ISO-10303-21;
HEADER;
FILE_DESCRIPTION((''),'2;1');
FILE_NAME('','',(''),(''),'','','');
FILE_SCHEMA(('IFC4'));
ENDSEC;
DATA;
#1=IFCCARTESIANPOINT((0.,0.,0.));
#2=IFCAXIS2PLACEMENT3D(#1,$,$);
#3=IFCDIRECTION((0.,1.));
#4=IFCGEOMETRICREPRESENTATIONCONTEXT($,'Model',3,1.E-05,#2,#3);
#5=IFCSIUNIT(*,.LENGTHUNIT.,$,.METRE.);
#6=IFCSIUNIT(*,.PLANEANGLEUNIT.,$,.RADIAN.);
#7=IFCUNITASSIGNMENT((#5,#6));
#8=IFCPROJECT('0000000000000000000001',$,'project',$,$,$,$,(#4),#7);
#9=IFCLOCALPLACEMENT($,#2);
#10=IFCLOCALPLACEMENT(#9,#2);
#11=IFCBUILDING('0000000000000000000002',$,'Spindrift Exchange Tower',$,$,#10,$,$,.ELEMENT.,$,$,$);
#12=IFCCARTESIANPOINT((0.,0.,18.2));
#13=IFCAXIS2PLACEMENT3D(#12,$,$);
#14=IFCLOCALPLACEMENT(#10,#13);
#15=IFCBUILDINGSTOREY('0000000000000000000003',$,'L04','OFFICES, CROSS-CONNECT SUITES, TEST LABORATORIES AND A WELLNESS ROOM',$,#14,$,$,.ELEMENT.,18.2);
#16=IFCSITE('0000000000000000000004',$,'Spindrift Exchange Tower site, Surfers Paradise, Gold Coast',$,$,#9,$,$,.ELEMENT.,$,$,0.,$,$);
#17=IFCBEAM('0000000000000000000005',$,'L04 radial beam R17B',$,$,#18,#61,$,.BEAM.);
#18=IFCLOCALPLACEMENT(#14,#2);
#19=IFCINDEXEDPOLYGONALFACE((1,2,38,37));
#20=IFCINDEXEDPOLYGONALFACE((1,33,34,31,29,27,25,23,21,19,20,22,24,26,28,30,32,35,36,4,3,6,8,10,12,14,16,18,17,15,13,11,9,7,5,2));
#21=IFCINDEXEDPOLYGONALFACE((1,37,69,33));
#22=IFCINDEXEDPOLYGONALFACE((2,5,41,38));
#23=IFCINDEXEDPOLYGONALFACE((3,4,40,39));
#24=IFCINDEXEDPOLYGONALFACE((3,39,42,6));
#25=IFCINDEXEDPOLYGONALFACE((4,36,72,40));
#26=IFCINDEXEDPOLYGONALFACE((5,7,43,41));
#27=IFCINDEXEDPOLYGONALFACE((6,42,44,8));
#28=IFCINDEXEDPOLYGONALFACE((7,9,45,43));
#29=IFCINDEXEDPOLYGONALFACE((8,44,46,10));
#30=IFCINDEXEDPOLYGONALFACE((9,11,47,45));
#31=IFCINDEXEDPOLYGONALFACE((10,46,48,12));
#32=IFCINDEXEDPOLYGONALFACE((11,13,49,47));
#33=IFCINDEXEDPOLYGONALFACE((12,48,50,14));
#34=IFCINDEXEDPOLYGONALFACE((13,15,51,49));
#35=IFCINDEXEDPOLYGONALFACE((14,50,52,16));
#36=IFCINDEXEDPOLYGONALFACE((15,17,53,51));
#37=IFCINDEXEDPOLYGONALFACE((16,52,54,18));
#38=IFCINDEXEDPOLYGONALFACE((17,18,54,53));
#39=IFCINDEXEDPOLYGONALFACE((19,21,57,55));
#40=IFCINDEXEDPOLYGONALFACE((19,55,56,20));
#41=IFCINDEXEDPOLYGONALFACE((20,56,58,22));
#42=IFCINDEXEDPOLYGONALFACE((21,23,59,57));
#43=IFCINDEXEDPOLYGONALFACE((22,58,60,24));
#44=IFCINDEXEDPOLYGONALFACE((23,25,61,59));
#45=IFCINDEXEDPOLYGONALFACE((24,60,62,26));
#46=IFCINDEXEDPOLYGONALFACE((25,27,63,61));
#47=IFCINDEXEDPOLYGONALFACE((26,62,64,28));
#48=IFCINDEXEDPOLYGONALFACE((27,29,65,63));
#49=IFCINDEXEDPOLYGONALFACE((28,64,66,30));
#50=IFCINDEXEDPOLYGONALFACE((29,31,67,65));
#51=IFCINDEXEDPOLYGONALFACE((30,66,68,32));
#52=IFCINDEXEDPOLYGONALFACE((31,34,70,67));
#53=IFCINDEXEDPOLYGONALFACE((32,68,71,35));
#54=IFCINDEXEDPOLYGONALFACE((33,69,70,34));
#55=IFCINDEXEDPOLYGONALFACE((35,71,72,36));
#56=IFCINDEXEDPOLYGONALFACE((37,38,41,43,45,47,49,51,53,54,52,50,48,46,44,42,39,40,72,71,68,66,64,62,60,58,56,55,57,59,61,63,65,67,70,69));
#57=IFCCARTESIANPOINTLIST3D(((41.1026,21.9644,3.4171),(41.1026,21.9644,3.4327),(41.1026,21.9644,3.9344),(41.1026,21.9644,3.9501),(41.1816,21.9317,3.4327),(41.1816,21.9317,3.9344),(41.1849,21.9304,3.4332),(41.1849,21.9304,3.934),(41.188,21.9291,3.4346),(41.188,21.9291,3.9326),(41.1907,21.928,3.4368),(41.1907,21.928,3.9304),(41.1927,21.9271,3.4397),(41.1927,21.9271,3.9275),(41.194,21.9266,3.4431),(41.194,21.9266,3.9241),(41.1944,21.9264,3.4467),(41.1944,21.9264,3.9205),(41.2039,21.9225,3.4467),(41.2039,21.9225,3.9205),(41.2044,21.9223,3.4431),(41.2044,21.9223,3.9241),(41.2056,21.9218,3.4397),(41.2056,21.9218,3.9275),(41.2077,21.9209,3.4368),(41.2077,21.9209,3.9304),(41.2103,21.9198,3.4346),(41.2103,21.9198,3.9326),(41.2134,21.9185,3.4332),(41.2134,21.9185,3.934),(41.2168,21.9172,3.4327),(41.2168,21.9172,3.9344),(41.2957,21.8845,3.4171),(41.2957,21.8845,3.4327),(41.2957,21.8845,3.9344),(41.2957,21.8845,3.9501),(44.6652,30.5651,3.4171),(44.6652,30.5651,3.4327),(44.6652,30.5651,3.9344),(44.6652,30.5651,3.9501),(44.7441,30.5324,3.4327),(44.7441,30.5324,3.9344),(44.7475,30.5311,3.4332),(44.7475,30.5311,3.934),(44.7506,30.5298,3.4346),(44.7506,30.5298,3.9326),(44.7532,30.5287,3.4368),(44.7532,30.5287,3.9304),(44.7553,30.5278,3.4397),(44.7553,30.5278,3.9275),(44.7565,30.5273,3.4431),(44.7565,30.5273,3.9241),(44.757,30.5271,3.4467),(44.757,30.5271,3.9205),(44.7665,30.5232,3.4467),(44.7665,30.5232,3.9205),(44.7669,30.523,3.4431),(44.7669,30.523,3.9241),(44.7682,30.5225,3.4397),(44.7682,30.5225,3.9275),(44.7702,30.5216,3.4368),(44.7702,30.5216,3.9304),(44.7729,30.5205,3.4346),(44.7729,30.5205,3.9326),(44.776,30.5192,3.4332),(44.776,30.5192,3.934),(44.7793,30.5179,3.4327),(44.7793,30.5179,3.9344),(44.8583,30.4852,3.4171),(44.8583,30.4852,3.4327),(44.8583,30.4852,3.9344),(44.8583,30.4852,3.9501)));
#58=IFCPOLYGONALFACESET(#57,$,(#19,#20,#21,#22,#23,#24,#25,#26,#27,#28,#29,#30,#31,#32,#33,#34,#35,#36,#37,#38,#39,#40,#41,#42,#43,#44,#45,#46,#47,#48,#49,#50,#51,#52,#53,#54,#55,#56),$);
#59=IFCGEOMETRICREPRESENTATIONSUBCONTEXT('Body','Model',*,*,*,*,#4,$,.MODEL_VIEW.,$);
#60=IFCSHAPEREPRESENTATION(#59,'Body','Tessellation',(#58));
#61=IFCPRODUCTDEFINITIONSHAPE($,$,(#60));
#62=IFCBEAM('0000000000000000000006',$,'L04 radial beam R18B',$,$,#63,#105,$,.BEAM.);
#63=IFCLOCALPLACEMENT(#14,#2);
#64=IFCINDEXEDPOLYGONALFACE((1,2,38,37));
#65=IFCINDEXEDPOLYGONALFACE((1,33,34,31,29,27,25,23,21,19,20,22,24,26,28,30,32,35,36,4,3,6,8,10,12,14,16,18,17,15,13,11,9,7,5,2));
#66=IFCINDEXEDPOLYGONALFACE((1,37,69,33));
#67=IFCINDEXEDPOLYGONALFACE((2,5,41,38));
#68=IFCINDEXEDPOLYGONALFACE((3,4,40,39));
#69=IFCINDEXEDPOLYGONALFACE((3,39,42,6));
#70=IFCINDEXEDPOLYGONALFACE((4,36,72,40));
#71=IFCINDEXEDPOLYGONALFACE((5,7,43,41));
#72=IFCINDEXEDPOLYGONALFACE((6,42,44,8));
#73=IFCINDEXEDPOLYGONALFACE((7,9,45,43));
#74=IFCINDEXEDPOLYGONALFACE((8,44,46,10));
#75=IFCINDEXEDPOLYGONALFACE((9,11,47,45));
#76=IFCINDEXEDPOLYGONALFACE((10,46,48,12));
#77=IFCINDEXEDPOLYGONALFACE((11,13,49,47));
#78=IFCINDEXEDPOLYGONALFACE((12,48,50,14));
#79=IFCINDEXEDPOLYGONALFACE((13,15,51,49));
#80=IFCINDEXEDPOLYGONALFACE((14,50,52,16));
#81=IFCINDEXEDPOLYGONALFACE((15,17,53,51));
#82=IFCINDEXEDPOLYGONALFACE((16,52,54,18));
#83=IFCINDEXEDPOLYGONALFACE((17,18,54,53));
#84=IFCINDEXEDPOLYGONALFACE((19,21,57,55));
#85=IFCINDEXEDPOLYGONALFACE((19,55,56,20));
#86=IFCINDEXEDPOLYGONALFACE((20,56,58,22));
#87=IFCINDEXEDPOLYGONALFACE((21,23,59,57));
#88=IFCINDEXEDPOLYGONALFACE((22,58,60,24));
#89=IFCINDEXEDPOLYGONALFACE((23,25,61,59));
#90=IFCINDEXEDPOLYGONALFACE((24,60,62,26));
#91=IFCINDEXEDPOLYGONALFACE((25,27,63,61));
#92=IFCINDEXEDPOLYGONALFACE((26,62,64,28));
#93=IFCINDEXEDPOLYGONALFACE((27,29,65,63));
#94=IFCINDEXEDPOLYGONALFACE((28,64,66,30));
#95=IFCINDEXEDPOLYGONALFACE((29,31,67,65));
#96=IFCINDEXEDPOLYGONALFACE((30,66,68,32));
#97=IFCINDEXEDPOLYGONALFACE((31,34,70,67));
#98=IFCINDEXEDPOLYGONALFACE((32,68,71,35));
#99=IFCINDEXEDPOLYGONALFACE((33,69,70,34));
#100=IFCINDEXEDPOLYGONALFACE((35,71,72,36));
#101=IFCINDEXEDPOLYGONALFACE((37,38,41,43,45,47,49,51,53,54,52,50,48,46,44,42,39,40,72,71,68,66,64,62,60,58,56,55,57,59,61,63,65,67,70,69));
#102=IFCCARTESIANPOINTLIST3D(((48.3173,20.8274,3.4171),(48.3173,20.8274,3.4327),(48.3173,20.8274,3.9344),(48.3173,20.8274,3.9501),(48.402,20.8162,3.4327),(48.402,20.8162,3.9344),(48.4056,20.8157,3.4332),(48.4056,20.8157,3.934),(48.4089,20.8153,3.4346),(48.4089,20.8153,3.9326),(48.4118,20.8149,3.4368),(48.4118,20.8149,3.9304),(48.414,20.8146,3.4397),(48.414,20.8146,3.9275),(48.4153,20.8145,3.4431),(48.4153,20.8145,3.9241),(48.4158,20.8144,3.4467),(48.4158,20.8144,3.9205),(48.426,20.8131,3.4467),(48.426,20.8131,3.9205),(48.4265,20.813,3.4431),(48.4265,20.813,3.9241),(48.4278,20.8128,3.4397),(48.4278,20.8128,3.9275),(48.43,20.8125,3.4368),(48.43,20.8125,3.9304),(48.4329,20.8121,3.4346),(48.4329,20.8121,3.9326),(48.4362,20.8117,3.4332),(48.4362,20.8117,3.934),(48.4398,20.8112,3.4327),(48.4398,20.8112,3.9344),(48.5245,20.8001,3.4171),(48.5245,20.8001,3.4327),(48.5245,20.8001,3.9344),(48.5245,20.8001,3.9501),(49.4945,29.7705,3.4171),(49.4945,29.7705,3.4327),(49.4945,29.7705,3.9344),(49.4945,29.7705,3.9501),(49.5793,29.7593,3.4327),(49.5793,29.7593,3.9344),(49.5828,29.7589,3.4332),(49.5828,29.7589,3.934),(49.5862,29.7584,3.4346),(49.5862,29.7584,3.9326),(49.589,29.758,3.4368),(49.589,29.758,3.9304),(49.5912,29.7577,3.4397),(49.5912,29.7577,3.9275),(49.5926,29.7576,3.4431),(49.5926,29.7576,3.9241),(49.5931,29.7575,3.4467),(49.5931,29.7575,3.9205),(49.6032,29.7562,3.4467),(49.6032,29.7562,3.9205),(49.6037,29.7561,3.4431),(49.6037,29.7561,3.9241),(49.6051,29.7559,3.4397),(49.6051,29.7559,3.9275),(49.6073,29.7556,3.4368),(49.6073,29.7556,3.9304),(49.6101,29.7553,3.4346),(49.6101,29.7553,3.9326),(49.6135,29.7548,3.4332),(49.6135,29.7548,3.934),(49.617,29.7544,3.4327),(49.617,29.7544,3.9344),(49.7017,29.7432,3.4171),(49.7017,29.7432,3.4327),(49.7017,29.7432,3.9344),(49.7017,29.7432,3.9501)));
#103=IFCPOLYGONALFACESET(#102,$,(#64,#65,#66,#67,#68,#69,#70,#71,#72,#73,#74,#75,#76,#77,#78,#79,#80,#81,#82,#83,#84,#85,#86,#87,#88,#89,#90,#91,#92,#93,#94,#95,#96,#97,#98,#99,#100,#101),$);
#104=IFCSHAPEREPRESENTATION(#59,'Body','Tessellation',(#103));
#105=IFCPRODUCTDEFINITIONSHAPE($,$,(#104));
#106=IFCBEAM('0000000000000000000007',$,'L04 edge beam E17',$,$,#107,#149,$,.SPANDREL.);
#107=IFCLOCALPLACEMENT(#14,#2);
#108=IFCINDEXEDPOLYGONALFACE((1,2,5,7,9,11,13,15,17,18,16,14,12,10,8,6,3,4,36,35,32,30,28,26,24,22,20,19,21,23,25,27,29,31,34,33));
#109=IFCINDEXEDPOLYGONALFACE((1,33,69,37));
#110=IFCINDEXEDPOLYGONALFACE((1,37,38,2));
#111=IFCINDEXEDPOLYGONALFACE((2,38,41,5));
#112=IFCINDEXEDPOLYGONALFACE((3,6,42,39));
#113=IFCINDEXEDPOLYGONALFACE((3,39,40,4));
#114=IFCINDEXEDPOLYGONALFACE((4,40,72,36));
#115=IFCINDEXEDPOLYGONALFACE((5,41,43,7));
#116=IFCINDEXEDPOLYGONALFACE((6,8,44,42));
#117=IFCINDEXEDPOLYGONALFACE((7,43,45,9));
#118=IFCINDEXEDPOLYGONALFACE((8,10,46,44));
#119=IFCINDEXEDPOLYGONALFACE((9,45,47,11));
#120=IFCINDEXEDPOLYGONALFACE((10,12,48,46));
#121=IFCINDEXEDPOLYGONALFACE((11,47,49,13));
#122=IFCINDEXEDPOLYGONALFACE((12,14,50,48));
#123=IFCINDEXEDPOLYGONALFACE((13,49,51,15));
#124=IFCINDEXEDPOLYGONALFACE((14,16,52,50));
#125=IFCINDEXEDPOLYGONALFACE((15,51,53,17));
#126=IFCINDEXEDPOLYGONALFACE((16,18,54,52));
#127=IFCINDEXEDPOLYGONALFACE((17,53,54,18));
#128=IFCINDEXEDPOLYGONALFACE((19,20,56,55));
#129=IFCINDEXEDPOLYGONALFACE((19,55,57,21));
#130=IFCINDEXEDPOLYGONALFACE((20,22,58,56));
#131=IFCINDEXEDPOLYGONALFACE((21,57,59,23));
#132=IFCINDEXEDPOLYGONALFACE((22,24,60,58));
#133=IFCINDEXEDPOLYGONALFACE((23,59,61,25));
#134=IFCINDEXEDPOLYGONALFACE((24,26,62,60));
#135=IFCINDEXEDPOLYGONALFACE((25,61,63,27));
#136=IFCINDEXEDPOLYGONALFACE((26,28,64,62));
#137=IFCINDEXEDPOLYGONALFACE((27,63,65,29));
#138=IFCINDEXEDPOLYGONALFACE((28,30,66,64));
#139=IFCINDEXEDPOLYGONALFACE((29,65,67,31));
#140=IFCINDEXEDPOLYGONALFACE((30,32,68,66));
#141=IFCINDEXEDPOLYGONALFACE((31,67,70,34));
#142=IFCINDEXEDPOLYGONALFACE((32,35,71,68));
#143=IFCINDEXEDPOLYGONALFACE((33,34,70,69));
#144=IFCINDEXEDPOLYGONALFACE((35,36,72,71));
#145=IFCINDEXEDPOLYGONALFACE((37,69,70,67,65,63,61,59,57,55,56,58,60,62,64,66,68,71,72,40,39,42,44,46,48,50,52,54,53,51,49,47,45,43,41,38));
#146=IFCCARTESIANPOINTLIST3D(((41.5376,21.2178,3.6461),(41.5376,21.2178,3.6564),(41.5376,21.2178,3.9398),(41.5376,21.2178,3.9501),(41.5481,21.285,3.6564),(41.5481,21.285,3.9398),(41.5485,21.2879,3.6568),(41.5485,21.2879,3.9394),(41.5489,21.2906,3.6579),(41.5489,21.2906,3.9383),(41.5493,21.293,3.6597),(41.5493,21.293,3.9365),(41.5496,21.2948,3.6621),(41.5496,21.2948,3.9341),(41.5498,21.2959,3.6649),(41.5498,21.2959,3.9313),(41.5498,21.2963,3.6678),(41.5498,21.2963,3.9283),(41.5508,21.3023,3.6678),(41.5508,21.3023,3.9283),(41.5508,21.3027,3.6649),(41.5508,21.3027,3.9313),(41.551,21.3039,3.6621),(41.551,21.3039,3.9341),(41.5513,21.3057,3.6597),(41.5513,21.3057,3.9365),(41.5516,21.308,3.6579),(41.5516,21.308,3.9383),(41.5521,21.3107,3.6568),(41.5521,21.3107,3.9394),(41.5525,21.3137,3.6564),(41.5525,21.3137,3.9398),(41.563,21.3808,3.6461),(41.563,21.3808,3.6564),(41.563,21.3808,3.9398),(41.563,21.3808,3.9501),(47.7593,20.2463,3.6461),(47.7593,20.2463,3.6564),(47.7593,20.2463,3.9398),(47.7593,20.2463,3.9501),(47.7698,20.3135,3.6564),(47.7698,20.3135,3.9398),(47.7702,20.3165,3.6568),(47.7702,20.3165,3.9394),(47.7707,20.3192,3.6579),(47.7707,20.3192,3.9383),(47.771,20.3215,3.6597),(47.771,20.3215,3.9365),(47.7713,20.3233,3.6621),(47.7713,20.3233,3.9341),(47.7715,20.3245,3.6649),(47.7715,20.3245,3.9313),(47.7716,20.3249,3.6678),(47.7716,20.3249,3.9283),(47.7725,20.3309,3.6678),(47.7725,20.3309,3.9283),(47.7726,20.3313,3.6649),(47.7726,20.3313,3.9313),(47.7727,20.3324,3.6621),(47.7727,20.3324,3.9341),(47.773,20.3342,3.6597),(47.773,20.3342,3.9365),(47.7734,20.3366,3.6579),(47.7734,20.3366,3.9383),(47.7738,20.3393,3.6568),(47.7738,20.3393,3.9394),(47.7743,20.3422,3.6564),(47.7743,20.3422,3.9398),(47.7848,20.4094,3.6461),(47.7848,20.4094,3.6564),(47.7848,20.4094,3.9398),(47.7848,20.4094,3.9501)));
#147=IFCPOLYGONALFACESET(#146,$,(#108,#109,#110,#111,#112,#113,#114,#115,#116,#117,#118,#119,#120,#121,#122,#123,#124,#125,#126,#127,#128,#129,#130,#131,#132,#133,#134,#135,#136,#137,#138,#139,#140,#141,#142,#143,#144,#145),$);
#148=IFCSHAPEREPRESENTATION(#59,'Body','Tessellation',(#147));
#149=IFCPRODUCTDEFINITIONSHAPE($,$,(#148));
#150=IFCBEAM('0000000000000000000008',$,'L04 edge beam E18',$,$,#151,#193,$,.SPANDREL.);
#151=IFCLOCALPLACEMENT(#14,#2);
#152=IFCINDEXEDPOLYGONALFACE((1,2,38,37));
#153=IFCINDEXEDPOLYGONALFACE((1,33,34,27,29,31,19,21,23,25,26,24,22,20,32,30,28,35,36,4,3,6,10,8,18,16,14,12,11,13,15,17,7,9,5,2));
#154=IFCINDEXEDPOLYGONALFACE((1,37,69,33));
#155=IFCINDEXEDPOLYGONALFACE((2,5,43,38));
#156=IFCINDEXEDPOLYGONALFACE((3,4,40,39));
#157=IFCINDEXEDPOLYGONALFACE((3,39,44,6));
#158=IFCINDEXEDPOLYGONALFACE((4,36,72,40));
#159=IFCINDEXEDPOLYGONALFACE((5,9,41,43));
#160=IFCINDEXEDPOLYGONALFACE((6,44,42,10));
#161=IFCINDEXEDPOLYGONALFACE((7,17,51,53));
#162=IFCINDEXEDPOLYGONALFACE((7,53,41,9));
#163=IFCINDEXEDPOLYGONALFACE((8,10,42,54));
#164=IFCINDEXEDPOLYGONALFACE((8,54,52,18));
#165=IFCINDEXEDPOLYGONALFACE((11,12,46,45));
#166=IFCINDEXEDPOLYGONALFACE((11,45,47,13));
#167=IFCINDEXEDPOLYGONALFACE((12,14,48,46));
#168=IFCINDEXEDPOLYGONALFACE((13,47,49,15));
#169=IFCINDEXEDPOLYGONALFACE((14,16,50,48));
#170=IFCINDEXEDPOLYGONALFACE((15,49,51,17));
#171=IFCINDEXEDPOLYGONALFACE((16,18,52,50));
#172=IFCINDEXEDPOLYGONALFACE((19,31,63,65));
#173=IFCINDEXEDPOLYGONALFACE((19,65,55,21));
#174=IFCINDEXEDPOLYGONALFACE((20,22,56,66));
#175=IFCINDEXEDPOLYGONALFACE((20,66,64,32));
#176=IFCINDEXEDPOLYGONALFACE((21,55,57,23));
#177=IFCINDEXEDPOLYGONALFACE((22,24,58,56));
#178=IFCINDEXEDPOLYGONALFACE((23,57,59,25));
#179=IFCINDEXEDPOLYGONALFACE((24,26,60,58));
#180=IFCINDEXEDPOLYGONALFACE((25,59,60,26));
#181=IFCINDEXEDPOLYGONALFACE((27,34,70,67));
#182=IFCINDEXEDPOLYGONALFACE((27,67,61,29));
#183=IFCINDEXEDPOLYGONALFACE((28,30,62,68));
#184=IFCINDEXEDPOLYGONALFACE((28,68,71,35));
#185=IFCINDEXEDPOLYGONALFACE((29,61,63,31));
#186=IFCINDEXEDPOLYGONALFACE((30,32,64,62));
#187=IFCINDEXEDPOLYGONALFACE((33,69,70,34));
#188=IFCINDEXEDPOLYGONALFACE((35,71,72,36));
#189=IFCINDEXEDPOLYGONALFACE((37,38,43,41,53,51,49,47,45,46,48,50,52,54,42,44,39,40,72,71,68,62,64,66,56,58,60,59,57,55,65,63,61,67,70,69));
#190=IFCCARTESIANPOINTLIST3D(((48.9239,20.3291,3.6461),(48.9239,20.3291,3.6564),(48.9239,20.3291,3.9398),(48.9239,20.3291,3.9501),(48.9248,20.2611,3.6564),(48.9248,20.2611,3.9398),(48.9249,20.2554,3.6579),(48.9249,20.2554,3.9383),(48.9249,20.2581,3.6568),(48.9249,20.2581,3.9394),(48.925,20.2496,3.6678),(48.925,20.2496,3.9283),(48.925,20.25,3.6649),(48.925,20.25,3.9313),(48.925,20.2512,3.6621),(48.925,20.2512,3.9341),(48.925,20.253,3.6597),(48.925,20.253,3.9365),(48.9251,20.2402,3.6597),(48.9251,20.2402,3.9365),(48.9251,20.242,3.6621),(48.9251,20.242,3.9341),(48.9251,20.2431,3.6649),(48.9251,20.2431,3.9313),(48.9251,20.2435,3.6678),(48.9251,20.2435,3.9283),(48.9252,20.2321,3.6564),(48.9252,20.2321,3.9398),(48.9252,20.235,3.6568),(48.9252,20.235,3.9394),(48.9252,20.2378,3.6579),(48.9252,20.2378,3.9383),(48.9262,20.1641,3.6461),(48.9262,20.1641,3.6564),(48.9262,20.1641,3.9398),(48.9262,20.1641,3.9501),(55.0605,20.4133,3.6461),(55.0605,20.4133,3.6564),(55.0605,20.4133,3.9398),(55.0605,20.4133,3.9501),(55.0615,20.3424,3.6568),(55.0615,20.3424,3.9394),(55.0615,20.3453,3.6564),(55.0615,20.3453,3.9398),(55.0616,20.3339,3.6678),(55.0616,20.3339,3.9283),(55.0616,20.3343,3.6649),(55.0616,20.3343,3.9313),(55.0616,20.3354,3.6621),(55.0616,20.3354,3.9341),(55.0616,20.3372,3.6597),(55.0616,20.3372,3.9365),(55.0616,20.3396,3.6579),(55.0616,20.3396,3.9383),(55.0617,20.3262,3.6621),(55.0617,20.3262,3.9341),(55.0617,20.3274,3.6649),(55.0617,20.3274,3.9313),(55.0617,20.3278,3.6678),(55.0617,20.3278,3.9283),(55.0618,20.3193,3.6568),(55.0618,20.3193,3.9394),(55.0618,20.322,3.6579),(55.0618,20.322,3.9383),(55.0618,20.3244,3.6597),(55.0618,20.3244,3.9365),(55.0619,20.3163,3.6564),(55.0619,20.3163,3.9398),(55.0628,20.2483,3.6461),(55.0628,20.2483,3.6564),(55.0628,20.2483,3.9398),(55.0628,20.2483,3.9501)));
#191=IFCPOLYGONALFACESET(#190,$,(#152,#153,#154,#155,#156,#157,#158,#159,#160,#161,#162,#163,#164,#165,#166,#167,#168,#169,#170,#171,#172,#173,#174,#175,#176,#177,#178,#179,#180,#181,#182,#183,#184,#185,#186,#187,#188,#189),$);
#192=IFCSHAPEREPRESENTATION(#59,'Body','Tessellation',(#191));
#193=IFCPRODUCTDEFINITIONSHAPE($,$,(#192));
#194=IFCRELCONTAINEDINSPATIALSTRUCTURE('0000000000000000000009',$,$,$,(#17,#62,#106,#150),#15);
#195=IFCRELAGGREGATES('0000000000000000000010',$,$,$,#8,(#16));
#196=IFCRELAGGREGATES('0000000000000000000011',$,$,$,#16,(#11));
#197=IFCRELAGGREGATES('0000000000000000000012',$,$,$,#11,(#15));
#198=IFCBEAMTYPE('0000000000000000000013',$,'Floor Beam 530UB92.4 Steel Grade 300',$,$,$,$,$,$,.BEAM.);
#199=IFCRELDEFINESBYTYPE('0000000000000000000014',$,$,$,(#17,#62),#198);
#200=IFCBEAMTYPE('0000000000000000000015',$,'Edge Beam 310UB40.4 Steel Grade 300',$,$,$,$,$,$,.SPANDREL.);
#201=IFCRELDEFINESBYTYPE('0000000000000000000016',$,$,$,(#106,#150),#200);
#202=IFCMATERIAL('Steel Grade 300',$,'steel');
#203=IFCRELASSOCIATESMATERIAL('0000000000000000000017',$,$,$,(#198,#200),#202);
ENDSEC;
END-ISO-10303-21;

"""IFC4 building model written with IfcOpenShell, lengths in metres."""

from ifc_helpers import new_model, si_unit, direction, frame, origin, origin_2d, place, context, subcontext, project, spatial, i_section, extrude, source, transform, mapped, material, material_profile, profile_set, type_object, element, save


model = new_model("IFC4")

# Units and contexts
model_context = context("Model", 3, precision=1e-05, world=origin(), true_north=direction((0.0, 1.0)))
body_context = subcontext(model_context, "Body", "Model", "MODEL_VIEW")
ifc_project = project(units=[si_unit("LENGTHUNIT", "METRE"), si_unit("PLANEANGLEUNIT", "RADIAN")], contexts=[model_context])

# Site, building, storey
site_placement = place(None, origin())
site = spatial("IfcSite", under=ifc_project, at=site_placement, Name="Spindrift Exchange Tower site, Surfers Paradise, Gold Coast", CompositionType="ELEMENT", RefElevation=0.0)
building_placement = place(site_placement, origin())
building = spatial("IfcBuilding", under=site, at=building_placement, Name="Spindrift Exchange Tower", CompositionType="ELEMENT")
storey_placement = place(building_placement, frame((0.0, 0.0, 18.2)))
storey = spatial("IfcBuildingStorey", under=building, at=storey_placement, Name="L04", Description="OFFICES, CROSS-CONNECT SUITES, TEST LABORATORIES AND A WELLNESS ROOM", CompositionType="ELEMENT", Elevation=18.2)

# Beams
ifc_material_1 = material(Name="Steel Grade 300", Category="steel")
ifc_material_profile_1 = material_profile(ifc_material_1, i_section(OverallWidth=0.209, OverallDepth=0.533, WebThickness=0.0103, FlangeThickness=0.0156, FilletRadius=0.0139, at=origin_2d()), Name="530UB92.4")
ifc_profile_set_1 = profile_set([ifc_material_profile_1], Name="Steel Grade 300")
beam_type_1 = type_object("IfcBeamType", Name="Floor Beam 530UB92.4 Steel Grade 300", PredefinedType="BEAM", material=ifc_profile_set_1)
shared_shape_1 = source(origin(), body_context, "Body", "SweptSolid", [
    extrude(i_section(OverallWidth=0.209, OverallDepth=0.533, WebThickness=0.0103, FlangeThickness=0.0156, FilletRadius=0.0139, at=origin_2d()), origin(), (0.0, 0.0, 1.0), 9.3093),
])
beam_1_placement = place(storey_placement, frame((44.7617, 30.5251, 3.6836), z_axis=(-0.382685, -0.923879, 0.0), x_axis=(0.923879, -0.382685, 0.0)))
element("IfcBeam", 1, at=beam_1_placement, inside=storey, type_object=beam_type_1, Name="L04 radial beam R17B", PredefinedType="BEAM", context=body_context, shape_type="MappedRepresentation", body=[
    mapped(shared_shape_1, transform((0.0, 0.0, 0.0), scale=1.0)),
])
shared_shape_2 = source(origin(), body_context, "Body", "SweptSolid", [
    extrude(i_section(OverallWidth=0.209, OverallDepth=0.533, WebThickness=0.0103, FlangeThickness=0.0156, FilletRadius=0.0139, at=origin_2d()), origin(), (0.0, 0.0, 1.0), 9.0203),
])
beam_2_placement = place(storey_placement, frame((49.5981, 29.7568, 3.6836), z_axis=(-0.130511, -0.991447, 0.0), x_axis=(0.991447, -0.130511, 0.0)))
element("IfcBeam", 2, at=beam_2_placement, inside=storey, type_object=beam_type_1, Name="L04 radial beam R18B", PredefinedType="BEAM", context=body_context, shape_type="MappedRepresentation", body=[
    mapped(shared_shape_2, transform((0.0, 0.0, 0.0), scale=1.0)),
])
ifc_material_profile_2 = material_profile(ifc_material_1, i_section(OverallWidth=0.165, OverallDepth=0.304, WebThickness=0.0061, FlangeThickness=0.0103, FilletRadius=0.0115, at=origin_2d()), Name="310UB40.4")
ifc_profile_set_2 = profile_set([ifc_material_profile_2], Name="Steel Grade 300")
beam_type_2 = type_object("IfcBeamType", Name="Edge Beam 310UB40.4 Steel Grade 300", PredefinedType="SPANDREL", material=ifc_profile_set_2)
shared_shape_3 = source(origin(), body_context, "Body", "SweptSolid", [
    extrude(i_section(OverallWidth=0.165, OverallDepth=0.304, WebThickness=0.0061, FlangeThickness=0.0103, FilletRadius=0.0115, at=origin_2d()), origin(), (0.0, 0.0, 1.0), 6.2971),
])
beam_3_placement = place(storey_placement, frame((41.5503, 21.2993, 3.7981), z_axis=(0.988029, -0.154268, 0.0), x_axis=(0.154268, 0.988029, 0.0)))
element("IfcBeam", 3, at=beam_3_placement, inside=storey, type_object=beam_type_2, Name="L04 edge beam E17", PredefinedType="SPANDREL", context=body_context, shape_type="MappedRepresentation", body=[
    mapped(shared_shape_3, transform((0.0, 0.0, 0.0), scale=1.0)),
])
shared_shape_4 = source(origin(), body_context, "Body", "SweptSolid", [
    extrude(i_section(OverallWidth=0.165, OverallDepth=0.304, WebThickness=0.0061, FlangeThickness=0.0103, FilletRadius=0.0115, at=origin_2d()), origin(), (0.0, 0.0, 1.0), 6.1372),
])
beam_4_placement = place(storey_placement, frame((48.925, 20.2466, 3.7981), z_axis=(0.999906, 0.013724, 0.0), x_axis=(-0.013724, 0.999906, 0.0)))
element("IfcBeam", 4, at=beam_4_placement, inside=storey, type_object=beam_type_2, Name="L04 edge beam E18", PredefinedType="SPANDREL", context=body_context, shape_type="MappedRepresentation", body=[
    mapped(shared_shape_4, transform((0.0, 0.0, 0.0), scale=1.0)),
])

save(model, "model.ifc")
